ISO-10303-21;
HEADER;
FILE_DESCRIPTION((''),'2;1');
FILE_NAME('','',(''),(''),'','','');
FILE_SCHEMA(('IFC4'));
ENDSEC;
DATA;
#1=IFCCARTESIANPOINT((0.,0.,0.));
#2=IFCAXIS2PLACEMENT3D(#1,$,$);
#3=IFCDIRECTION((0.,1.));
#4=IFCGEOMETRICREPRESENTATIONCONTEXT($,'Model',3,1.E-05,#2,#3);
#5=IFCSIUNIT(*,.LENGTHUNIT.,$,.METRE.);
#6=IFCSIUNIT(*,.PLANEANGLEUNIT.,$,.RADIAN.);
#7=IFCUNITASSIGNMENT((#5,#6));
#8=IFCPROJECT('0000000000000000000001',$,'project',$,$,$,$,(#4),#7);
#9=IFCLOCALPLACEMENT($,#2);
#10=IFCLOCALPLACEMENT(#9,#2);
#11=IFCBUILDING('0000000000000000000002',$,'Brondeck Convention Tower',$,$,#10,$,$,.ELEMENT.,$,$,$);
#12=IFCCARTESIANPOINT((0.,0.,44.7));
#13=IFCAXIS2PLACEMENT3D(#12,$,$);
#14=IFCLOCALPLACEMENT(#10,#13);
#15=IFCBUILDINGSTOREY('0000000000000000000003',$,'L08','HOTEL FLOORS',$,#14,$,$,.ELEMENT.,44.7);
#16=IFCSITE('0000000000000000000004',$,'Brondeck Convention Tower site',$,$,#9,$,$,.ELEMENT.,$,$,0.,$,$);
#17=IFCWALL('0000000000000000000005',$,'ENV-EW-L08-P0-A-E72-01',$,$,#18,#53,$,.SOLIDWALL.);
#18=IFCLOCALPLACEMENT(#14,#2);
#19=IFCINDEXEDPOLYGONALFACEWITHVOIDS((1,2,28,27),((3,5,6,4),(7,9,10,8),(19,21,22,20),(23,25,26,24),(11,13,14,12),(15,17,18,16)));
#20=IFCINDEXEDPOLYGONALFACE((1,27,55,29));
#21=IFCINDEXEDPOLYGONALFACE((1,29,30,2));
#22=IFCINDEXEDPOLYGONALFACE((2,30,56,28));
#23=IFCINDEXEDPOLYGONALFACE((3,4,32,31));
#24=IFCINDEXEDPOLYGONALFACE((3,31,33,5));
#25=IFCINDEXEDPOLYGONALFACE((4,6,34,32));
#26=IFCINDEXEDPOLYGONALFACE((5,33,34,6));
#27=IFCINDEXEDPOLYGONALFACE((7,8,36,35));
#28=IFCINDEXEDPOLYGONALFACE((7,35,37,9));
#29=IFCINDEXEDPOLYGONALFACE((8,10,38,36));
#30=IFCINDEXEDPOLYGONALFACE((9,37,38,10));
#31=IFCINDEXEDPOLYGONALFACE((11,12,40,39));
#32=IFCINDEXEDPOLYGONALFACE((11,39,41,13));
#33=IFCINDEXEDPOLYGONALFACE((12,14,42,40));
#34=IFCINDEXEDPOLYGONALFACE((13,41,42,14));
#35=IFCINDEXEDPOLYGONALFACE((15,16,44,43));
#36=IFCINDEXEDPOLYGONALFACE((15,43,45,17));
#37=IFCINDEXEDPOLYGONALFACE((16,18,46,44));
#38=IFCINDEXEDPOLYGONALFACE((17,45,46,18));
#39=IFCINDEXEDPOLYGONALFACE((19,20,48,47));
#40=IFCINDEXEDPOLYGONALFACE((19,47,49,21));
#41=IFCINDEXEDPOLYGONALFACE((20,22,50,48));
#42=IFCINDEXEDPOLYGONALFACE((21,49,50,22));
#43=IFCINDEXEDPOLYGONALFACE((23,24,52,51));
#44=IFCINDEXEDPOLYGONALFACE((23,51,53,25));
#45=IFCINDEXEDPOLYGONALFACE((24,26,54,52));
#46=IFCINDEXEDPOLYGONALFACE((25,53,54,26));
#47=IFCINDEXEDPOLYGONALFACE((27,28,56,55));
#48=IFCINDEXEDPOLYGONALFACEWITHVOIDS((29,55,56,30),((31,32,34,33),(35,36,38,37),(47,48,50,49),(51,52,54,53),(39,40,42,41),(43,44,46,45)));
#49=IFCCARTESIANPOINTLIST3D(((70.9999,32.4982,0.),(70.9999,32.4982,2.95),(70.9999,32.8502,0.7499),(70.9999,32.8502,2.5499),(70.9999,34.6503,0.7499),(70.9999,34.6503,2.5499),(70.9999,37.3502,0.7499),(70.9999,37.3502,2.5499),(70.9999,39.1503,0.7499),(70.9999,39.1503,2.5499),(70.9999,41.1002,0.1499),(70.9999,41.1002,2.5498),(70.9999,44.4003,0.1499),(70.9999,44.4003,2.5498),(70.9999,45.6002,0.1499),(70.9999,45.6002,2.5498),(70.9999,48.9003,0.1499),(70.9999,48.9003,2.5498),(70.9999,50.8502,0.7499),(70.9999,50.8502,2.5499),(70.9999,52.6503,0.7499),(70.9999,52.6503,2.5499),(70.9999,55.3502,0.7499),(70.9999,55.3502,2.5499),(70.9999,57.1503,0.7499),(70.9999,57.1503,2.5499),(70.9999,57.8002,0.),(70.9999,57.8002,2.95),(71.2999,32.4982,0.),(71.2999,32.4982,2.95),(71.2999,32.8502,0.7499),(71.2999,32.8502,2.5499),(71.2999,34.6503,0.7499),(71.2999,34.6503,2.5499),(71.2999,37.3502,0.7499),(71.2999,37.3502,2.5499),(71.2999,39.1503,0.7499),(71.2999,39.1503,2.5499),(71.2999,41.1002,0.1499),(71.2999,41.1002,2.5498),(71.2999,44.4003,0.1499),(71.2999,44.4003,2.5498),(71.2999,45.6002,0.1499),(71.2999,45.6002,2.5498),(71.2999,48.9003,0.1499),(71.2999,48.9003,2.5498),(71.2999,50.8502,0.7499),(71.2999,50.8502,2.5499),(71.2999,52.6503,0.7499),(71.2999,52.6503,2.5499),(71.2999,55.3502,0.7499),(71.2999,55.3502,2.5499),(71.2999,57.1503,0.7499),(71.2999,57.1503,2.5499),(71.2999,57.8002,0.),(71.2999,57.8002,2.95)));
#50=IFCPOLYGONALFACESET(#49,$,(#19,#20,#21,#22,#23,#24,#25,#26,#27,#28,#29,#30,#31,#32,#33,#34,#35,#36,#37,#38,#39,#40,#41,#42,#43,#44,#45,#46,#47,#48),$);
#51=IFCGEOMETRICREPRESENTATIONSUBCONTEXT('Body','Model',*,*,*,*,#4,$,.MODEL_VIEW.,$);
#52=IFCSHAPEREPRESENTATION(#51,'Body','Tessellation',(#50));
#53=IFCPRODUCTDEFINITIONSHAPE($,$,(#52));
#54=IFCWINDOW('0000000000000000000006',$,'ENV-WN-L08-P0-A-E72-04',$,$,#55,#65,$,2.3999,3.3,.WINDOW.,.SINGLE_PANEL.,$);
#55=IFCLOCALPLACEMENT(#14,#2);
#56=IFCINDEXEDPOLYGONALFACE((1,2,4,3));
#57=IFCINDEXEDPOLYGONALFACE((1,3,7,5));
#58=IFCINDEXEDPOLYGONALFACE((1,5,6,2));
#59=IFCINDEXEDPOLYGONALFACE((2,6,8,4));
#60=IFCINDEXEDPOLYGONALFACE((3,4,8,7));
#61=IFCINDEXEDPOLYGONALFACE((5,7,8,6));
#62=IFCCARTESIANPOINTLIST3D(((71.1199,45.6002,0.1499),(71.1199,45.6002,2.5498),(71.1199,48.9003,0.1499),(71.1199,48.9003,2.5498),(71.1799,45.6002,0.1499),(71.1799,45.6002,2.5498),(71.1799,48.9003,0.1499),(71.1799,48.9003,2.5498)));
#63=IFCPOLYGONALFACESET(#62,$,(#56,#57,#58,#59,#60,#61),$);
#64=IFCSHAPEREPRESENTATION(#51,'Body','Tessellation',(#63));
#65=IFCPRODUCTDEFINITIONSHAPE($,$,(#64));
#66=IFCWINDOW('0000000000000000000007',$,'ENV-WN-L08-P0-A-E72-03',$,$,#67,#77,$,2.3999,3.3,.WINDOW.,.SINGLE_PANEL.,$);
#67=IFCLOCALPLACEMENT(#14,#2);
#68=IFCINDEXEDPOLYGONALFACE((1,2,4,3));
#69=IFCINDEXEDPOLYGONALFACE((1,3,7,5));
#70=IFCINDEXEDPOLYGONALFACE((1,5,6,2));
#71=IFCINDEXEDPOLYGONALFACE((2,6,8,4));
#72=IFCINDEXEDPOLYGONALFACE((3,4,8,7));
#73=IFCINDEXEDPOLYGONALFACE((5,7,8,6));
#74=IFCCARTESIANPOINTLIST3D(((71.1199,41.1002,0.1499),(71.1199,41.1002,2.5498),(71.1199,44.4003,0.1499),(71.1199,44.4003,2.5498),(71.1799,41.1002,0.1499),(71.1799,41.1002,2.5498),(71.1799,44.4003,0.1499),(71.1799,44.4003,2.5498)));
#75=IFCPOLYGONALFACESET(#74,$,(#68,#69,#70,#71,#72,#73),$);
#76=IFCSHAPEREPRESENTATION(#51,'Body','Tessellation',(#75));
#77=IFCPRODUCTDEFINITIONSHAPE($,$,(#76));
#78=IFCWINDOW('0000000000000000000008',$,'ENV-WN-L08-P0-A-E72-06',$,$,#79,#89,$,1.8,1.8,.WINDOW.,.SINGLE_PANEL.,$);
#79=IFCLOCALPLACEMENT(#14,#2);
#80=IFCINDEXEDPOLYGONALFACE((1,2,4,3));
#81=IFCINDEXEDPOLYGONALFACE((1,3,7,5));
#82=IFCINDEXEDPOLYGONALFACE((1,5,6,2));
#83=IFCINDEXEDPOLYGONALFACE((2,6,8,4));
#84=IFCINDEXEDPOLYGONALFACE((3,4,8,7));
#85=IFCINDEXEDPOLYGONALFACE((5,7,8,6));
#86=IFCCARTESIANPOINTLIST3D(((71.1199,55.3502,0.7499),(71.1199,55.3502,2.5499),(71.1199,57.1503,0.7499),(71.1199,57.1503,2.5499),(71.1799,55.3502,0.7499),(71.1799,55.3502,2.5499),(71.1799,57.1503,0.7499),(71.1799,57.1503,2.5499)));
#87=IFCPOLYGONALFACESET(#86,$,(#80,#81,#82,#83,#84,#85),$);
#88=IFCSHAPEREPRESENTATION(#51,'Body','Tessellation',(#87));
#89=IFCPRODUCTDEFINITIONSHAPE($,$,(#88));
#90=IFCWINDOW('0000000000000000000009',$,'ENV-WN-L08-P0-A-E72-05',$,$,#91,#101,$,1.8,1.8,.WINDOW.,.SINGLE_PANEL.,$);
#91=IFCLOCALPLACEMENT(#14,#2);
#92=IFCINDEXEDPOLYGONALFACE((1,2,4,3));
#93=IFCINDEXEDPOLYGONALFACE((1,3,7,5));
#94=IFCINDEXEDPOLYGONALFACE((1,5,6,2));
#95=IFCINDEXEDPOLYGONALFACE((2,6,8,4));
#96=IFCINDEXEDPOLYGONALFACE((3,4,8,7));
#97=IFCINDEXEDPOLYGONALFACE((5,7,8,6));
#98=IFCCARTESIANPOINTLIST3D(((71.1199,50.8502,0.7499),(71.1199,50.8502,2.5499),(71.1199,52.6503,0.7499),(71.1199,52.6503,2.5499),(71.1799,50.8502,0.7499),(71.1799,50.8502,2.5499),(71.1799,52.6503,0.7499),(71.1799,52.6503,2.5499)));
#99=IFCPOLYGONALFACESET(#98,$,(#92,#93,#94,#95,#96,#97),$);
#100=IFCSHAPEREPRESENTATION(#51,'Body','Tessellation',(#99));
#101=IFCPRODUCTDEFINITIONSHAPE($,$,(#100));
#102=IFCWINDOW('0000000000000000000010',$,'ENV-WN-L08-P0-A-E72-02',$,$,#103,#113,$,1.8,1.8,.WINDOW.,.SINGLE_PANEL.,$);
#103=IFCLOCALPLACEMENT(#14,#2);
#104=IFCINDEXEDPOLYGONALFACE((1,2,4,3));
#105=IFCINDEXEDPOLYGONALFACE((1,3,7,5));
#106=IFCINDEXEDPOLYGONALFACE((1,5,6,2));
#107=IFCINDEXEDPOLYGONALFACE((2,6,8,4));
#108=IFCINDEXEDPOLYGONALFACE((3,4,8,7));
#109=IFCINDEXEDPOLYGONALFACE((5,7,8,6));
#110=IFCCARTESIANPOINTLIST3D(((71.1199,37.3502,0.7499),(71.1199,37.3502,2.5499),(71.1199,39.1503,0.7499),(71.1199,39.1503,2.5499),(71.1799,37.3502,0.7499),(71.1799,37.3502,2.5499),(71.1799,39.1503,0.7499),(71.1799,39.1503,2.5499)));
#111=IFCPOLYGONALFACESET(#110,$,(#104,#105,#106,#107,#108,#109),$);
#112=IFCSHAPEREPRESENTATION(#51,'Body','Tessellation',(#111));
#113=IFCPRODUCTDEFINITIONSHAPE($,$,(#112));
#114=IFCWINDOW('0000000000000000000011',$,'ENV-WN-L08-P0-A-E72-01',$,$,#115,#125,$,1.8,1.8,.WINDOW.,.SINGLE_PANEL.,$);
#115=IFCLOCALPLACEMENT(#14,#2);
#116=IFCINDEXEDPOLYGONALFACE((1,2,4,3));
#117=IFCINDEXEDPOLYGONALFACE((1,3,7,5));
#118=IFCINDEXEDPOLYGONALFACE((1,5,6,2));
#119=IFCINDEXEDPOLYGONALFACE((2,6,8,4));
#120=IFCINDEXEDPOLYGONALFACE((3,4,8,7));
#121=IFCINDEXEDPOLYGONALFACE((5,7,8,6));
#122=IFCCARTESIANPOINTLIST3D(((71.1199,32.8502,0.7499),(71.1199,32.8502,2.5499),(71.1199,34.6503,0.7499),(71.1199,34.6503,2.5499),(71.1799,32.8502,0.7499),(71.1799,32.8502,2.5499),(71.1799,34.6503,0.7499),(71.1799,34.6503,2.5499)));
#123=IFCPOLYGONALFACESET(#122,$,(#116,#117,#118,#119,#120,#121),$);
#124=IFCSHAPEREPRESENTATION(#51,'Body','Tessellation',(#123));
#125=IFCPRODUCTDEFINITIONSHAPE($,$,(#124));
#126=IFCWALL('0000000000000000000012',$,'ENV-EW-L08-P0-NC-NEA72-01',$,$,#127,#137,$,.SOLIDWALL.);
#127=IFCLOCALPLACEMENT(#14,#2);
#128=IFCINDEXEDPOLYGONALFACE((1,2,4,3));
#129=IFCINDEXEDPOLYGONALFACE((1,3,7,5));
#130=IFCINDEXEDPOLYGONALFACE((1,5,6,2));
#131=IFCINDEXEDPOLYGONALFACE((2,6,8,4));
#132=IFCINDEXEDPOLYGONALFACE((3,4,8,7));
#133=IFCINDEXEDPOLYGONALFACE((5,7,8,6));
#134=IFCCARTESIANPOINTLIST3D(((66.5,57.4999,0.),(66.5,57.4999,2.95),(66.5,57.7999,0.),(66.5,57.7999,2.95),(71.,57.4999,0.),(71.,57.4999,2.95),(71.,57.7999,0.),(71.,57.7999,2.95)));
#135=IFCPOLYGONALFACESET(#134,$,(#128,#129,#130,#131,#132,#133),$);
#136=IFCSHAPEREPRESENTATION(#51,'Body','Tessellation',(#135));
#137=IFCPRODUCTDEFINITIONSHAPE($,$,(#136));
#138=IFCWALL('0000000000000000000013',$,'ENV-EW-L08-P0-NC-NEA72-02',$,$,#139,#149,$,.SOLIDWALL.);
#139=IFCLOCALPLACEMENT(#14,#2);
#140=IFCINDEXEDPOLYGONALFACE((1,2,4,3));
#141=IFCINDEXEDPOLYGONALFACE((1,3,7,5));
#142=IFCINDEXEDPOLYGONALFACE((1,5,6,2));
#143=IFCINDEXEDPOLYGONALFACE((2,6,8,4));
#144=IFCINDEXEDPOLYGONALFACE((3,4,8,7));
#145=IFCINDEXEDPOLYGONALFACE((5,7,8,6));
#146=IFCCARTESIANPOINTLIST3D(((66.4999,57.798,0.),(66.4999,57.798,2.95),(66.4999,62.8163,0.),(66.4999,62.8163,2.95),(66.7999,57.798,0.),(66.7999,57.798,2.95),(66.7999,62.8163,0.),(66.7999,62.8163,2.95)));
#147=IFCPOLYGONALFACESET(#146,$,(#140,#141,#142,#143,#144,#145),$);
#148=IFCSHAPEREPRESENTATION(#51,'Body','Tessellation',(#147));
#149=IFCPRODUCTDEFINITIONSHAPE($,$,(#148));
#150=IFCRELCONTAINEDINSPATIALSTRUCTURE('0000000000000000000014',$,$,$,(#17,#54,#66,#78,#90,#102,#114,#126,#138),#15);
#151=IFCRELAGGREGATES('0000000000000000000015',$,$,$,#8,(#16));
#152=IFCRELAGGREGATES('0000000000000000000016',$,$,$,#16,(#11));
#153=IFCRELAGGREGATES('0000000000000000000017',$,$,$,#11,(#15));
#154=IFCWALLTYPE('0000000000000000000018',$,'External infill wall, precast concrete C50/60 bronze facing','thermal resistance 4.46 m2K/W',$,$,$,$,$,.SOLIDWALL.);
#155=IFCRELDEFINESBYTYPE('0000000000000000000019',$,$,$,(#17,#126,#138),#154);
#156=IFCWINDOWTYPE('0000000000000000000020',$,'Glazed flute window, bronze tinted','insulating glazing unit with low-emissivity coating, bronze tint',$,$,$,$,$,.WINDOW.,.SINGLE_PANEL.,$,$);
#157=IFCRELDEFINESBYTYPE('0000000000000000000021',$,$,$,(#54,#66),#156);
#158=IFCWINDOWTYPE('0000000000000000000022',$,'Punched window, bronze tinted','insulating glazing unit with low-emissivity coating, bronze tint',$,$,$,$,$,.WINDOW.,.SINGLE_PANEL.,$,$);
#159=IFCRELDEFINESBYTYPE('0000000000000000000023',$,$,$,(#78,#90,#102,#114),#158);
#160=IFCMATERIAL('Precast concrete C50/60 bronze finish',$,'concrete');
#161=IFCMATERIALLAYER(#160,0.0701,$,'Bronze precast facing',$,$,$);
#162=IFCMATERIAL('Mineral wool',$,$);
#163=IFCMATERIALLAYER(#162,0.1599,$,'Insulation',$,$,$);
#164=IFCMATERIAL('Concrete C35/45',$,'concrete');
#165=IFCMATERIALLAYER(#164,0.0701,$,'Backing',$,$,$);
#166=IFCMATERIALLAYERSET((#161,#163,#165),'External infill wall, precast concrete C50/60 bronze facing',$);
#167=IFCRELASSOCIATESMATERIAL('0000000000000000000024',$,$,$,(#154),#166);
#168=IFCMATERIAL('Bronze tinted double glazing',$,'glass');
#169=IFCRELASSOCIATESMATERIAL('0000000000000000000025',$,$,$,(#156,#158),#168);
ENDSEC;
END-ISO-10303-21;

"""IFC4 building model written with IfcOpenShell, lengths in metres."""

from ifc_helpers import new_model, si_unit, direction, frame, frame_2d, origin, place, context, subcontext, project, spatial, rectangle, extrude, material, layer, layer_set, type_object, element, fill, save


model = new_model("IFC4")

# Units and contexts
model_context = context("Model", 3, precision=1e-05, world=origin(), true_north=direction((0.0, 1.0)))
body_context = subcontext(model_context, "Body", "Model", "MODEL_VIEW")
ifc_project = project(units=[si_unit("LENGTHUNIT", "METRE"), si_unit("PLANEANGLEUNIT", "RADIAN")], contexts=[model_context])

# Site, building, storey
site_placement = place(None, origin())
site = spatial("IfcSite", under=ifc_project, at=site_placement, Name="Brondeck Convention Tower site", CompositionType="ELEMENT", RefElevation=0.0)
building_placement = place(site_placement, origin())
building = spatial("IfcBuilding", under=site, at=building_placement, Name="Brondeck Convention Tower", CompositionType="ELEMENT")
storey_placement = place(building_placement, frame((0.0, 0.0, 44.7)))
storey = spatial("IfcBuildingStorey", under=building, at=storey_placement, Name="L08", Description="HOTEL FLOORS", CompositionType="ELEMENT", Elevation=44.7)

# Wall, openings, windows
ifc_material_1 = material(Name="Precast concrete C50/60 bronze finish", Category="concrete")
ifc_layer_1 = layer(ifc_material_1, 0.0701, Name="Bronze precast facing")
ifc_material_2 = material(Name="Mineral wool")
ifc_layer_2 = layer(ifc_material_2, 0.1599, Name="Insulation")
ifc_material_3 = material(Name="Concrete C35/45", Category="concrete")
ifc_layer_3 = layer(ifc_material_3, 0.0701, Name="Backing")
ifc_layer_set_1 = layer_set([ifc_layer_1, ifc_layer_2, ifc_layer_3], Name="External infill wall, precast concrete C50/60 bronze facing")
wall_type_1 = type_object("IfcWallType", Name="External infill wall, precast concrete C50/60 bronze facing", Description="thermal resistance 4.46 m2K/W", PredefinedType="SOLIDWALL", material=ifc_layer_set_1)
wall_1_placement = place(storey_placement, frame((71.1499, 57.8, 0.0), z_axis=(0.0, 0.0, 1.0), x_axis=(0.0, -1.0, 0.0)))
wall_1 = element("IfcWall", 1, at=wall_1_placement, inside=storey, type_object=wall_type_1, Name="ENV-EW-L08-P0-A-E72-01", PredefinedType="SOLIDWALL", context=body_context, shape_type="SweptSolid", body=[
    extrude(rectangle(XDim=25.302, YDim=0.3, at=frame_2d((12.6509, 0.0))), origin(), (0.0, 0.0, 1.0), 2.95),
])
opening_1_placement = place(wall_1_placement, frame((0.6499, 0.0, 0.75)))
opening_1 = element("IfcOpeningElement", 2, at=opening_1_placement, cuts=wall_1, PredefinedType="OPENING", context=body_context, shape_type="SweptSolid", body=[
    extrude(rectangle(XDim=1.8, YDim=1.8, at=frame_2d((0.8999, 0.8999))), frame((0.0, 0.1599, 0.0), z_axis=(0.0, -1.0, 0.0), x_axis=(1.0, 0.0, 0.0)), (0.0, 0.0, 1.0), 0.3201),
])
opening_2_placement = place(wall_1_placement, frame((5.1499, 0.0, 0.75)))
opening_2 = element("IfcOpeningElement", 3, at=opening_2_placement, cuts=wall_1, PredefinedType="OPENING", context=body_context, shape_type="SweptSolid", body=[
    extrude(rectangle(XDim=1.8, YDim=1.8, at=frame_2d((0.8999, 0.8999))), frame((0.0, 0.1599, 0.0), z_axis=(0.0, -1.0, 0.0), x_axis=(1.0, 0.0, 0.0)), (0.0, 0.0, 1.0), 0.3201),
])
opening_3_placement = place(wall_1_placement, frame((8.8999, 0.0, 0.1499)))
opening_3 = element("IfcOpeningElement", 4, at=opening_3_placement, cuts=wall_1, PredefinedType="OPENING", context=body_context, shape_type="SweptSolid", body=[
    extrude(rectangle(XDim=3.3, YDim=2.3999, at=frame_2d((1.6499, 1.2))), frame((0.0, 0.1599, 0.0), z_axis=(0.0, -1.0, 0.0), x_axis=(1.0, 0.0, 0.0)), (0.0, 0.0, 1.0), 0.3201),
])
opening_4_placement = place(wall_1_placement, frame((13.3999, 0.0, 0.1499)))
opening_4 = element("IfcOpeningElement", 5, at=opening_4_placement, cuts=wall_1, PredefinedType="OPENING", context=body_context, shape_type="SweptSolid", body=[
    extrude(rectangle(XDim=3.3, YDim=2.3999, at=frame_2d((1.6499, 1.2))), frame((0.0, 0.1599, 0.0), z_axis=(0.0, -1.0, 0.0), x_axis=(1.0, 0.0, 0.0)), (0.0, 0.0, 1.0), 0.3201),
])
opening_5_placement = place(wall_1_placement, frame((18.6499, 0.0, 0.75)))
opening_5 = element("IfcOpeningElement", 6, at=opening_5_placement, cuts=wall_1, PredefinedType="OPENING", context=body_context, shape_type="SweptSolid", body=[
    extrude(rectangle(XDim=1.8, YDim=1.8, at=frame_2d((0.8999, 0.8999))), frame((0.0, 0.1599, 0.0), z_axis=(0.0, -1.0, 0.0), x_axis=(1.0, 0.0, 0.0)), (0.0, 0.0, 1.0), 0.3201),
])
opening_6_placement = place(wall_1_placement, frame((23.1499, 0.0, 0.75)))
opening_6 = element("IfcOpeningElement", 7, at=opening_6_placement, cuts=wall_1, PredefinedType="OPENING", context=body_context, shape_type="SweptSolid", body=[
    extrude(rectangle(XDim=1.8, YDim=1.8, at=frame_2d((0.8999, 0.8999))), frame((0.0, 0.1599, 0.0), z_axis=(0.0, -1.0, 0.0), x_axis=(1.0, 0.0, 0.0)), (0.0, 0.0, 1.0), 0.3201),
])
ifc_material_4 = material(Name="Bronze tinted double glazing", Category="glass")
window_type_1 = type_object("IfcWindowType", Name="Glazed flute window, bronze tinted", Description="insulating glazing unit with low-emissivity coating, bronze tint", PartitioningType="SINGLE_PANEL", PredefinedType="WINDOW", material=ifc_material_4)
window_1_placement = place(opening_3_placement, origin())
window_1 = element("IfcWindow", 8, at=window_1_placement, inside=storey, type_object=window_type_1, Name="ENV-WN-L08-P0-A-E72-04", OverallHeight=2.3999, OverallWidth=3.3, PartitioningType="SINGLE_PANEL", PredefinedType="WINDOW", context=body_context, shape_type="SweptSolid", body=[
    extrude(rectangle(XDim=3.3, YDim=2.3999, at=frame_2d((1.6499, 1.2))), frame((0.0, 0.03, 0.0), z_axis=(0.0, -1.0, 0.0), x_axis=(1.0, 0.0, 0.0)), (0.0, 0.0, 1.0), 0.0601),
])
fill(opening_3, window_1)
window_2_placement = place(opening_4_placement, origin())
window_2 = element("IfcWindow", 9, at=window_2_placement, inside=storey, type_object=window_type_1, Name="ENV-WN-L08-P0-A-E72-03", OverallHeight=2.3999, OverallWidth=3.3, PartitioningType="SINGLE_PANEL", PredefinedType="WINDOW", context=body_context, shape_type="SweptSolid", body=[
    extrude(rectangle(XDim=3.3, YDim=2.3999, at=frame_2d((1.6499, 1.2))), frame((0.0, 0.03, 0.0), z_axis=(0.0, -1.0, 0.0), x_axis=(1.0, 0.0, 0.0)), (0.0, 0.0, 1.0), 0.0601),
])
fill(opening_4, window_2)
window_type_2 = type_object("IfcWindowType", Name="Punched window, bronze tinted", Description="insulating glazing unit with low-emissivity coating, bronze tint", PartitioningType="SINGLE_PANEL", PredefinedType="WINDOW", material=ifc_material_4)
window_3_placement = place(opening_1_placement, origin())
window_3 = element("IfcWindow", 10, at=window_3_placement, inside=storey, type_object=window_type_2, Name="ENV-WN-L08-P0-A-E72-06", OverallHeight=1.8, OverallWidth=1.8, PartitioningType="SINGLE_PANEL", PredefinedType="WINDOW", context=body_context, shape_type="SweptSolid", body=[
    extrude(rectangle(XDim=1.8, YDim=1.8, at=frame_2d((0.8999, 0.8999))), frame((0.0, 0.03, 0.0), z_axis=(0.0, -1.0, 0.0), x_axis=(1.0, 0.0, 0.0)), (0.0, 0.0, 1.0), 0.0601),
])
fill(opening_1, window_3)
window_4_placement = place(opening_2_placement, origin())
window_4 = element("IfcWindow", 11, at=window_4_placement, inside=storey, type_object=window_type_2, Name="ENV-WN-L08-P0-A-E72-05", OverallHeight=1.8, OverallWidth=1.8, PartitioningType="SINGLE_PANEL", PredefinedType="WINDOW", context=body_context, shape_type="SweptSolid", body=[
    extrude(rectangle(XDim=1.8, YDim=1.8, at=frame_2d((0.8999, 0.8999))), frame((0.0, 0.03, 0.0), z_axis=(0.0, -1.0, 0.0), x_axis=(1.0, 0.0, 0.0)), (0.0, 0.0, 1.0), 0.0601),
])
fill(opening_2, window_4)
window_5_placement = place(opening_5_placement, origin())
window_5 = element("IfcWindow", 12, at=window_5_placement, inside=storey, type_object=window_type_2, Name="ENV-WN-L08-P0-A-E72-02", OverallHeight=1.8, OverallWidth=1.8, PartitioningType="SINGLE_PANEL", PredefinedType="WINDOW", context=body_context, shape_type="SweptSolid", body=[
    extrude(rectangle(XDim=1.8, YDim=1.8, at=frame_2d((0.8999, 0.8999))), frame((0.0, 0.03, 0.0), z_axis=(0.0, -1.0, 0.0), x_axis=(1.0, 0.0, 0.0)), (0.0, 0.0, 1.0), 0.0601),
])
fill(opening_5, window_5)
window_6_placement = place(opening_6_placement, origin())
window_6 = element("IfcWindow", 13, at=window_6_placement, inside=storey, type_object=window_type_2, Name="ENV-WN-L08-P0-A-E72-01", OverallHeight=1.8, OverallWidth=1.8, PartitioningType="SINGLE_PANEL", PredefinedType="WINDOW", context=body_context, shape_type="SweptSolid", body=[
    extrude(rectangle(XDim=1.8, YDim=1.8, at=frame_2d((0.8999, 0.8999))), frame((0.0, 0.03, 0.0), z_axis=(0.0, -1.0, 0.0), x_axis=(1.0, 0.0, 0.0)), (0.0, 0.0, 1.0), 0.0601),
])
fill(opening_6, window_6)

# Walls
wall_2_placement = place(storey_placement, frame((66.5, 57.6499, 0.0), z_axis=(0.0, 0.0, 1.0), x_axis=(1.0, 0.0, 0.0)))
element("IfcWall", 14, at=wall_2_placement, inside=storey, type_object=wall_type_1, Name="ENV-EW-L08-P0-NC-NEA72-01", PredefinedType="SOLIDWALL", context=body_context, shape_type="SweptSolid", body=[
    extrude(rectangle(XDim=4.5, YDim=0.3, at=frame_2d((2.25, 0.0))), origin(), (0.0, 0.0, 1.0), 2.95),
])
wall_3_placement = place(storey_placement, frame((66.6499, 62.8164, 0.0), z_axis=(0.0, 0.0, 1.0), x_axis=(0.0, -1.0, 0.0)))
element("IfcWall", 15, at=wall_3_placement, inside=storey, type_object=wall_type_1, Name="ENV-EW-L08-P0-NC-NEA72-02", PredefinedType="SOLIDWALL", context=body_context, shape_type="SweptSolid", body=[
    extrude(rectangle(XDim=5.0183, YDim=0.3, at=frame_2d((2.5093, 0.0))), origin(), (0.0, 0.0, 1.0), 2.95),
])

save(model, "model.ifc")
